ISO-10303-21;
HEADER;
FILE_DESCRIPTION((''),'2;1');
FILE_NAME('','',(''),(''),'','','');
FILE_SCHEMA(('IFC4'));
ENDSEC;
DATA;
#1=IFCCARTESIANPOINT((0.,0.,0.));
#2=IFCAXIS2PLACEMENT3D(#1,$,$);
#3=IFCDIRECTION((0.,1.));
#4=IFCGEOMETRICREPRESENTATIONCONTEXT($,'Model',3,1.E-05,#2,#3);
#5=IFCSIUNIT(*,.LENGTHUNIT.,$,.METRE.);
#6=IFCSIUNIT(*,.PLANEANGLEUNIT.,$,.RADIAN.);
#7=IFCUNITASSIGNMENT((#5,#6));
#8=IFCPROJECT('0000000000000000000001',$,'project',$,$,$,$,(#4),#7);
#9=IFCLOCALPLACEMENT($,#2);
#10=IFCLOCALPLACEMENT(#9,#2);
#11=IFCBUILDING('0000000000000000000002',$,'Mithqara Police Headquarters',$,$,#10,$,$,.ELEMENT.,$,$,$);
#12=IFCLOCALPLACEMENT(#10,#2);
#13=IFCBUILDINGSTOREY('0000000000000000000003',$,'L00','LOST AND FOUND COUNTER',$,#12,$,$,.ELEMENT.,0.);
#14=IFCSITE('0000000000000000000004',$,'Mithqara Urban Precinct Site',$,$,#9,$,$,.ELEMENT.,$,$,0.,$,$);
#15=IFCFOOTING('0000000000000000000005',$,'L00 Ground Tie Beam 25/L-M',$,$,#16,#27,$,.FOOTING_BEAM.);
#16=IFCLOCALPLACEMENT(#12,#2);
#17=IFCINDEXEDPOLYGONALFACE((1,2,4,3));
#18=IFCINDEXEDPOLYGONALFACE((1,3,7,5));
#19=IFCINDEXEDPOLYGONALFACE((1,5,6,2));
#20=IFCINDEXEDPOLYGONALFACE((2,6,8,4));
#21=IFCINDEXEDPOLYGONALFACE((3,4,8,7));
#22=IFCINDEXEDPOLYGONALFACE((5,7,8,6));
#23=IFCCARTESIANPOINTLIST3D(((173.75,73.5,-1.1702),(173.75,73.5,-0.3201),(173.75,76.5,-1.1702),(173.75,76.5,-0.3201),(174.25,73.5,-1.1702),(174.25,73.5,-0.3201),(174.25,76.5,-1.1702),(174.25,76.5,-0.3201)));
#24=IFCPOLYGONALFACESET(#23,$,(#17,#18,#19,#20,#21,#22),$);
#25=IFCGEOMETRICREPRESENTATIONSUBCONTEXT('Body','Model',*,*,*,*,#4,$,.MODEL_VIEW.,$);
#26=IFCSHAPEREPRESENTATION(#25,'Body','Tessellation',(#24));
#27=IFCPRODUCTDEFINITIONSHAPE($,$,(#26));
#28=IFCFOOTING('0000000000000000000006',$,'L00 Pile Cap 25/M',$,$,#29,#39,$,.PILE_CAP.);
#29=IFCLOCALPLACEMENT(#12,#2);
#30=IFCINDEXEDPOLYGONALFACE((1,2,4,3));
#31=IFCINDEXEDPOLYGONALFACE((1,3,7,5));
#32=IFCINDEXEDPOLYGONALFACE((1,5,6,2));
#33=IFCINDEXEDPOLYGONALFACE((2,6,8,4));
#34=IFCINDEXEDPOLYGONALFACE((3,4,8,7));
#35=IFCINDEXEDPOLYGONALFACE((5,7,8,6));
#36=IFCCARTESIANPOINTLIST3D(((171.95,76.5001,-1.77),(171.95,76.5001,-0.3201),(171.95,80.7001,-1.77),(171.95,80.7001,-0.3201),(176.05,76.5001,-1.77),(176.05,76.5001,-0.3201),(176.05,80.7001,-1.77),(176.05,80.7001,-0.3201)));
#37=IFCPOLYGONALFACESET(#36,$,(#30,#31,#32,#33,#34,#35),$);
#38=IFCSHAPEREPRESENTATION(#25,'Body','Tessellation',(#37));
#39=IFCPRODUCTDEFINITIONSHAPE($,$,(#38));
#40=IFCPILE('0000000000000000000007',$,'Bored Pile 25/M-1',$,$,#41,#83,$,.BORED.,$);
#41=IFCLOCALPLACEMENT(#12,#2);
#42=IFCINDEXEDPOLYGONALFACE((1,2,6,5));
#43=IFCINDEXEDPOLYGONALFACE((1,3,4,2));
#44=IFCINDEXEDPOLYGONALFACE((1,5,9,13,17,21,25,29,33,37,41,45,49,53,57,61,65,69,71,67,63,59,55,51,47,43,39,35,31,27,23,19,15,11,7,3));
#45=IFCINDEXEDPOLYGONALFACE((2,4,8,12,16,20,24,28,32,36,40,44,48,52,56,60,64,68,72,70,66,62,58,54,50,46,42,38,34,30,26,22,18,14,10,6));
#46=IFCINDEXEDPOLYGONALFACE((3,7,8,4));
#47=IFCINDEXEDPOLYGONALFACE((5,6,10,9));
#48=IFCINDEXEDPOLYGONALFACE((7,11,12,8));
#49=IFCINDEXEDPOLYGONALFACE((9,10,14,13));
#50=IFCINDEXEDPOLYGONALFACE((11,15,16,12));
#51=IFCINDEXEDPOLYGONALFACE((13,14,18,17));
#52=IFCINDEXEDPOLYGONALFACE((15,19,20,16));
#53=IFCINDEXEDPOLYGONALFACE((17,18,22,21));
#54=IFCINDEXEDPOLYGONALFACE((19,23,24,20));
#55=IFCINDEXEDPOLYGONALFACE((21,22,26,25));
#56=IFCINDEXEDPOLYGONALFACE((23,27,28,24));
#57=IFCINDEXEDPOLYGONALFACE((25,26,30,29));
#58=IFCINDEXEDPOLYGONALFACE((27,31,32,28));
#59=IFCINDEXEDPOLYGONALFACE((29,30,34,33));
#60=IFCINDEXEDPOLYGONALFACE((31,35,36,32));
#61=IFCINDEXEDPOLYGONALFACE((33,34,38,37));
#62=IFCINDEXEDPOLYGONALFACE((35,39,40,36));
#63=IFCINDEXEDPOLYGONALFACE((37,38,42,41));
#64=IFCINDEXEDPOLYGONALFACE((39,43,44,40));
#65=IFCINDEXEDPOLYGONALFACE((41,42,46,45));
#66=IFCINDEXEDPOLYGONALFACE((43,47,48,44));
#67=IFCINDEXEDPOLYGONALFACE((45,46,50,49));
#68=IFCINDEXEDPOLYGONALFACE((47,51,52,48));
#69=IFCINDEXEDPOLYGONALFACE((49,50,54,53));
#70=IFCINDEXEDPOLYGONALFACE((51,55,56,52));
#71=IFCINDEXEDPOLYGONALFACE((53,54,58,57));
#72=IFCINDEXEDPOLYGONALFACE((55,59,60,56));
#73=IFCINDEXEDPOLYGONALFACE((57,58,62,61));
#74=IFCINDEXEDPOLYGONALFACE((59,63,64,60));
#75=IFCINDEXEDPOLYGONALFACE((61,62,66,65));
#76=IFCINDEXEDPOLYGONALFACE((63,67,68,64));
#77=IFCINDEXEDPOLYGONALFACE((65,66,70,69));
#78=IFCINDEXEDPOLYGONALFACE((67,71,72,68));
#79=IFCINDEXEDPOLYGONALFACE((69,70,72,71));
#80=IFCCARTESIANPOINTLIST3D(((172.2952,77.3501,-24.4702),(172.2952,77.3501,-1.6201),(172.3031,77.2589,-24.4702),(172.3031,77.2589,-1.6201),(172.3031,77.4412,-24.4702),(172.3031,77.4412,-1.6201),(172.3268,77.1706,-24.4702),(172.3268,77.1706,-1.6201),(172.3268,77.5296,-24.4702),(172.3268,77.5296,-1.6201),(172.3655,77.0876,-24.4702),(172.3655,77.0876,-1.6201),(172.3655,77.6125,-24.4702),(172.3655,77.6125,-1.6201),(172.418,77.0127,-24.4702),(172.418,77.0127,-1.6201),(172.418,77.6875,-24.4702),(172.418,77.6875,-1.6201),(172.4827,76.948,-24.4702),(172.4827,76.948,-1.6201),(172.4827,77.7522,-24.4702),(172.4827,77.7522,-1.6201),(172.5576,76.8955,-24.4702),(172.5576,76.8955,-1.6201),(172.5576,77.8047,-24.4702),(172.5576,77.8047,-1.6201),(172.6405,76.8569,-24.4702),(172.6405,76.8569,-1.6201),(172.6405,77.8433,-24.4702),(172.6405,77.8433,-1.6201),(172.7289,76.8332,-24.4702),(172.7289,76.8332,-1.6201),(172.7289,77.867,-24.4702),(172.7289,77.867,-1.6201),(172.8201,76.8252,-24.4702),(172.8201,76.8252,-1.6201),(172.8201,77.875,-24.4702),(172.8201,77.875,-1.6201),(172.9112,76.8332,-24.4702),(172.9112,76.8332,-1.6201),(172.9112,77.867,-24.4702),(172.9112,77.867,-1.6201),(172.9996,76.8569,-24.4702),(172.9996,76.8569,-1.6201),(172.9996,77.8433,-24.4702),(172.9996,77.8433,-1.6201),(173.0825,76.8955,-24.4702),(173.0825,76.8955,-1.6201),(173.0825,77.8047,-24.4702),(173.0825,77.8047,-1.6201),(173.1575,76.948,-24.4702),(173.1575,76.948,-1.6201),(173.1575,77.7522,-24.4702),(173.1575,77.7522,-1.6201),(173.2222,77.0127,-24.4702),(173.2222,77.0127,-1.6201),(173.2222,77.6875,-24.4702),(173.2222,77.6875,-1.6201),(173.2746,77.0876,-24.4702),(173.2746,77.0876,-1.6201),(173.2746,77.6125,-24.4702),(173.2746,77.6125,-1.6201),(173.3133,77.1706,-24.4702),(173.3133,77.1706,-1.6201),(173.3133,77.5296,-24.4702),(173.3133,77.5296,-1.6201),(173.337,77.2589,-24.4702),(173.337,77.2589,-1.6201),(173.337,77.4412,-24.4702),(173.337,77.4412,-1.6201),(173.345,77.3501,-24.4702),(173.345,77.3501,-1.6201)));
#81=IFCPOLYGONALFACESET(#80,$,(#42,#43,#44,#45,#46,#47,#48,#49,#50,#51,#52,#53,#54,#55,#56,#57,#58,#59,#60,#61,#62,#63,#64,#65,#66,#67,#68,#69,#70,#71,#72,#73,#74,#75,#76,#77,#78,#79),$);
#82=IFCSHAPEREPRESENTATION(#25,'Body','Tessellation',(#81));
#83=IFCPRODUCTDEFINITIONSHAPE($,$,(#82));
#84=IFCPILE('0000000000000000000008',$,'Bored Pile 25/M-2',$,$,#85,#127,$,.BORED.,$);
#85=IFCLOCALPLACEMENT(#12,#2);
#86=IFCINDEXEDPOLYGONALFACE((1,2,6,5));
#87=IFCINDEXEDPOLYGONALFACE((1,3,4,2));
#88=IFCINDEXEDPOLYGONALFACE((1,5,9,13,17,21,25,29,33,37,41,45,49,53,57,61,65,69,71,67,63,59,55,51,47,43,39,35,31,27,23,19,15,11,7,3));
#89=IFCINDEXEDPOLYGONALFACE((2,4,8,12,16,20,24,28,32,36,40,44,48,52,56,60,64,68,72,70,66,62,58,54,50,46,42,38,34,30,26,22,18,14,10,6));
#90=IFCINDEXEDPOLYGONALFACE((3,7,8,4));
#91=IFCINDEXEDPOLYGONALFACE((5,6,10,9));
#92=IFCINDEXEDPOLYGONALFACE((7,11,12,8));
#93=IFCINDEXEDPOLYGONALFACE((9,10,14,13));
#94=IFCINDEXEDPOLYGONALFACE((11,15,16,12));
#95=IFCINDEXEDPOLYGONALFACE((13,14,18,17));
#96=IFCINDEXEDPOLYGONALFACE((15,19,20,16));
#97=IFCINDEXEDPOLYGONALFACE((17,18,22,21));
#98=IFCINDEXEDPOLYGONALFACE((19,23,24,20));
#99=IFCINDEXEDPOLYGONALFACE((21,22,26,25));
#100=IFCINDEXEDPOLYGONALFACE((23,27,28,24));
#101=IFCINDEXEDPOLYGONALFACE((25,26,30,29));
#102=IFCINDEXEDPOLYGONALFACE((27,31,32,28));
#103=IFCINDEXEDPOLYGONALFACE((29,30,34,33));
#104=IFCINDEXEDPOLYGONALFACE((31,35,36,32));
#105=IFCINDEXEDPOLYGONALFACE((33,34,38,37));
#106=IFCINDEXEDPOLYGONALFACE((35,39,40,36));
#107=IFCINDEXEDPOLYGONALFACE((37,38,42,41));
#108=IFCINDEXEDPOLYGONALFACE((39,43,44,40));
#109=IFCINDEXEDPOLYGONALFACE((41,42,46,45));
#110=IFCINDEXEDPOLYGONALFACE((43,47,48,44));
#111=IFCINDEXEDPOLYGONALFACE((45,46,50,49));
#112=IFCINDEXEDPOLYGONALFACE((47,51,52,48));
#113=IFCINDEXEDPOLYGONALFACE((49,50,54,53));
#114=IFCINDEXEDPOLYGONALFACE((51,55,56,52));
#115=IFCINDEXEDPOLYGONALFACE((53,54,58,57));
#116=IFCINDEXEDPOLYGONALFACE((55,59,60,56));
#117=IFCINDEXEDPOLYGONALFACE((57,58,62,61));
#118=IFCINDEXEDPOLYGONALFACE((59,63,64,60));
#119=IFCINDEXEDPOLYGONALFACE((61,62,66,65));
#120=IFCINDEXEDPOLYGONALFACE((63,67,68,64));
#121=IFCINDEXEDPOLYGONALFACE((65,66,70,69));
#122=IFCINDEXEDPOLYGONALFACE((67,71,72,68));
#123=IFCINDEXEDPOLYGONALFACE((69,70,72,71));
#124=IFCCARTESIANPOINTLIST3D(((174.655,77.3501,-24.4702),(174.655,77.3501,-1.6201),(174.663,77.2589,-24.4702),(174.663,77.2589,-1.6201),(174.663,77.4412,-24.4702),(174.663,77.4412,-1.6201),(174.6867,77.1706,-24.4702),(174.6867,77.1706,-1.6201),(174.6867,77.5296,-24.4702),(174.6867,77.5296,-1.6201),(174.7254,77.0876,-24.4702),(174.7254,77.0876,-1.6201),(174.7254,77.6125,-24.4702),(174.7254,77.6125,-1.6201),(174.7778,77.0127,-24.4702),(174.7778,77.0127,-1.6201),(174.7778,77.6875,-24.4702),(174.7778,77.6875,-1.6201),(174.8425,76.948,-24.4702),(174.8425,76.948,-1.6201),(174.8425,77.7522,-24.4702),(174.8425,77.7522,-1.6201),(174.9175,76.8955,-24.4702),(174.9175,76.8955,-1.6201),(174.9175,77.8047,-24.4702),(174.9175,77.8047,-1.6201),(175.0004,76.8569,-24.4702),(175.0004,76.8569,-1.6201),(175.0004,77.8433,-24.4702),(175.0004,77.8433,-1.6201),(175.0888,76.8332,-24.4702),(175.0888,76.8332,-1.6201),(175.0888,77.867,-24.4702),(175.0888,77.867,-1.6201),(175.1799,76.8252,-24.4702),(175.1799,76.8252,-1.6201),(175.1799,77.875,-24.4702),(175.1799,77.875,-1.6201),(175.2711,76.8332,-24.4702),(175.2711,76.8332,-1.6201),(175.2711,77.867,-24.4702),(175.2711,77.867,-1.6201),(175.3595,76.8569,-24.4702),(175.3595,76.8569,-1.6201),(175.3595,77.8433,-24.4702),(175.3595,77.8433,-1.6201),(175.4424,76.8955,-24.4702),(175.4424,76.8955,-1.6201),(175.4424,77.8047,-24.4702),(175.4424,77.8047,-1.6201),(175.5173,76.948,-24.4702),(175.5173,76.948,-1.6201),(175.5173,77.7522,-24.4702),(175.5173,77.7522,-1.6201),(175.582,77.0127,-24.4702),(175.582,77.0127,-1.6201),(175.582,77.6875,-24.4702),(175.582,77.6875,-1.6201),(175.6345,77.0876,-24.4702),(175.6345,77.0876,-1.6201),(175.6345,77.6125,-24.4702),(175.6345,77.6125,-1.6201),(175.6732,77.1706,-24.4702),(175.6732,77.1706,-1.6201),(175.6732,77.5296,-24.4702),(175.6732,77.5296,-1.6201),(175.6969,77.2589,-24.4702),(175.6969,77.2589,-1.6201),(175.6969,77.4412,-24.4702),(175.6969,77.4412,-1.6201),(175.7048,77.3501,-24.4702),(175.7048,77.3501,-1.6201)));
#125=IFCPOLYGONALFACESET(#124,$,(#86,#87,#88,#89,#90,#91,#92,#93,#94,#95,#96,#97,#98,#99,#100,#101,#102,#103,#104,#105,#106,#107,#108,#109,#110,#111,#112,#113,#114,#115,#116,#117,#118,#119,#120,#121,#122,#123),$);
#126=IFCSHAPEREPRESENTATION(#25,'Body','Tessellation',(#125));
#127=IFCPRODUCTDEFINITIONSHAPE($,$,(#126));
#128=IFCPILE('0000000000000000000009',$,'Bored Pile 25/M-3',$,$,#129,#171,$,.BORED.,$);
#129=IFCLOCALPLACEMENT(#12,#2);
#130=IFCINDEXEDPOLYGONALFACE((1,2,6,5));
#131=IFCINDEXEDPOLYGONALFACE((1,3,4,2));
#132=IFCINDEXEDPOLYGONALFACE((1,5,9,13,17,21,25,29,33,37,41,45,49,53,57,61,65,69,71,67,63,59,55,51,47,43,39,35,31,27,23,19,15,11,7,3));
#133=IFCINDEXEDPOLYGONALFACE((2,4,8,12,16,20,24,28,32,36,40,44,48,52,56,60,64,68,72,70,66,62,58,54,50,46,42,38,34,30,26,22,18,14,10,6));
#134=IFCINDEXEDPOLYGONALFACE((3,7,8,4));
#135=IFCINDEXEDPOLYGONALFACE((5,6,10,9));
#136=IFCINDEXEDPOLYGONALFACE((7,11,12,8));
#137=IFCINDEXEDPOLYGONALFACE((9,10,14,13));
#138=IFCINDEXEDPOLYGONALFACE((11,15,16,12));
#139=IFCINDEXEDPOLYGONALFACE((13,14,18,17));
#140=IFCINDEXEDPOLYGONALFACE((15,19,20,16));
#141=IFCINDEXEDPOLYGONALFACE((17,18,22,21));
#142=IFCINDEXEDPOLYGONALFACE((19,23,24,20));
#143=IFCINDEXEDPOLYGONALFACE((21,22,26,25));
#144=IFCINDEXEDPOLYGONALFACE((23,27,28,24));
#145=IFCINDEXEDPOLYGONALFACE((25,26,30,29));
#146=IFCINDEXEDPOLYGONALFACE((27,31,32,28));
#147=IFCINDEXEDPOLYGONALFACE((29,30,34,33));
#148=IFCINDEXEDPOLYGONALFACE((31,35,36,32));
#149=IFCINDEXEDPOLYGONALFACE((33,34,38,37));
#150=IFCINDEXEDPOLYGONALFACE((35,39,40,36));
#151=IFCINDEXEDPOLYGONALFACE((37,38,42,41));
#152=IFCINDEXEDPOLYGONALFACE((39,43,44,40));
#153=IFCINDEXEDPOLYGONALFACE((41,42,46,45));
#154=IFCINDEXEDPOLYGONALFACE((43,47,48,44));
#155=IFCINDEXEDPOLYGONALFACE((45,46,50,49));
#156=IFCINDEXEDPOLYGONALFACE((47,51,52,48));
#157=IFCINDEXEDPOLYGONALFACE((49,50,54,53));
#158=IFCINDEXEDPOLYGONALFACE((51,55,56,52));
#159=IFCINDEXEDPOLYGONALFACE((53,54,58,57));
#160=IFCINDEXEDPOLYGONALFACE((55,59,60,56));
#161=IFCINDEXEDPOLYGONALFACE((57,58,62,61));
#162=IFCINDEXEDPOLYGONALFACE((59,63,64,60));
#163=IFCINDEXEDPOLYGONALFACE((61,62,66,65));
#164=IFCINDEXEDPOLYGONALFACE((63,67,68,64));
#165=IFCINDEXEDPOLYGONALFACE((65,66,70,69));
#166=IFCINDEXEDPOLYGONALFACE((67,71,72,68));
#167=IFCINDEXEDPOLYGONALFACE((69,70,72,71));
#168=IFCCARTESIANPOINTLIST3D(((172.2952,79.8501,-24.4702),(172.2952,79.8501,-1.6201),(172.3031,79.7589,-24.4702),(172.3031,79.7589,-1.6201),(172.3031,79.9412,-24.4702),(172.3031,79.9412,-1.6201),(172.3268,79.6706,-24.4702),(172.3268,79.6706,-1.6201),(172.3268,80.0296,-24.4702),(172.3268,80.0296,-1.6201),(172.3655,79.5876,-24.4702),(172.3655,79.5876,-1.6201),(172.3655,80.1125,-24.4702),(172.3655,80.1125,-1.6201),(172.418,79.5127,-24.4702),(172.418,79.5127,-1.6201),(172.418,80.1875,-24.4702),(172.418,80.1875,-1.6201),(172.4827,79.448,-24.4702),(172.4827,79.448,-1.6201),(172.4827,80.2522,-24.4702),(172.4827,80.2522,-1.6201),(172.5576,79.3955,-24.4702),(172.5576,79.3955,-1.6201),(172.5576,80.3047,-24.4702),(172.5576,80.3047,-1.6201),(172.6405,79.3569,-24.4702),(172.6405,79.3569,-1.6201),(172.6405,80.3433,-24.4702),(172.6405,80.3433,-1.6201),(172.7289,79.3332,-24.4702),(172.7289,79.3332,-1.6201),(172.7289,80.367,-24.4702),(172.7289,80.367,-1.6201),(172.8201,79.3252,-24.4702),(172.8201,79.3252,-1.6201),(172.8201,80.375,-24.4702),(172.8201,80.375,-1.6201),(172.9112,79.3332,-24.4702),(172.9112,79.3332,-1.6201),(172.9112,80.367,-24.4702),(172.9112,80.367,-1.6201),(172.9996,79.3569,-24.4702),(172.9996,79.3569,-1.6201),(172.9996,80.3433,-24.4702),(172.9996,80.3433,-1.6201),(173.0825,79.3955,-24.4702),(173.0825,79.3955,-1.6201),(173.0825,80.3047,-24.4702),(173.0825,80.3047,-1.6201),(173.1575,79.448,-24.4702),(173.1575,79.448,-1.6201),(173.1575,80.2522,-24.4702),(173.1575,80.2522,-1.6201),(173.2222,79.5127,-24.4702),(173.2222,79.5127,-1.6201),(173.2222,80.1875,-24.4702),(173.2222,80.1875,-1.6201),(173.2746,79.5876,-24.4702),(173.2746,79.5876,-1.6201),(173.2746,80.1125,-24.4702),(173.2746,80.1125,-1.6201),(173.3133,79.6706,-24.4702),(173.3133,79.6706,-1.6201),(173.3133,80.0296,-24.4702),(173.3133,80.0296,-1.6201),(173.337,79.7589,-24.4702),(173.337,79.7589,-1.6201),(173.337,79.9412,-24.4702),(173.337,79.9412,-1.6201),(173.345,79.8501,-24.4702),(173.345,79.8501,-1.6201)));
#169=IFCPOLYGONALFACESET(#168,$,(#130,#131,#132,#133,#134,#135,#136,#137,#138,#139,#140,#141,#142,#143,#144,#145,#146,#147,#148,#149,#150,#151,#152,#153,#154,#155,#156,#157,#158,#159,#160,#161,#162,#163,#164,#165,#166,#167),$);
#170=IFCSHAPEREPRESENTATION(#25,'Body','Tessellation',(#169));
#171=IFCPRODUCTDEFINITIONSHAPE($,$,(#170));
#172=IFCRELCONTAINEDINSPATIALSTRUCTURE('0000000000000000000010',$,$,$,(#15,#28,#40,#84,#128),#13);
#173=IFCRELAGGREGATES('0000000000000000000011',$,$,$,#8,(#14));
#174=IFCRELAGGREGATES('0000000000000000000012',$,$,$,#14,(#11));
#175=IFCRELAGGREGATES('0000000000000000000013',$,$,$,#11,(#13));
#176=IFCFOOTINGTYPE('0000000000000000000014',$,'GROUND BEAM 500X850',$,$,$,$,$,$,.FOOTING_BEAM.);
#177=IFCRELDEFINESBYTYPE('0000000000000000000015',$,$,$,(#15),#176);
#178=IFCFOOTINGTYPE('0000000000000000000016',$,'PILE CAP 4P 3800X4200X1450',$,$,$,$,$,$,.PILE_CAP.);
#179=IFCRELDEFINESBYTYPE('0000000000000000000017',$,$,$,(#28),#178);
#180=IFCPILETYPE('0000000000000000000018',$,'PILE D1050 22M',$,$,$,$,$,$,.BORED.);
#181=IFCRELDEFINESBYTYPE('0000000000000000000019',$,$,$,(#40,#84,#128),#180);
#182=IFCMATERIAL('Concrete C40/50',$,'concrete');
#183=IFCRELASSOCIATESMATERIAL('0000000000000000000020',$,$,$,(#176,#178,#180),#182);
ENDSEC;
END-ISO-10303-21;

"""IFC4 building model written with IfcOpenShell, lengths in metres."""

from ifc_helpers import new_model, si_unit, direction, frame, origin, origin_2d, place, context, subcontext, project, spatial, rectangle, circle, extrude, material, material_profile, profile_set, type_object, element, save


model = new_model("IFC4")

# Units and contexts
model_context = context("Model", 3, precision=1e-05, world=origin(), true_north=direction((0.0, 1.0)))
body_context = subcontext(model_context, "Body", "Model", "MODEL_VIEW")
ifc_project = project(units=[si_unit("LENGTHUNIT", "METRE"), si_unit("PLANEANGLEUNIT", "RADIAN")], contexts=[model_context])

# Site, building, storey
site_placement = place(None, origin())
site = spatial("IfcSite", under=ifc_project, at=site_placement, Name="Mithqara Urban Precinct Site", CompositionType="ELEMENT", RefElevation=0.0)
building_placement = place(site_placement, origin())
building = spatial("IfcBuilding", under=site, at=building_placement, Name="Mithqara Police Headquarters", CompositionType="ELEMENT")
storey_placement = place(building_placement, origin())
storey = spatial("IfcBuildingStorey", under=building, at=storey_placement, Name="L00", Description="LOST AND FOUND COUNTER", CompositionType="ELEMENT", Elevation=0.0)

# Footings
ifc_material_1 = material(Name="Concrete C40/50", Category="concrete")
footing_type_1 = type_object("IfcFootingType", Name="GROUND BEAM 500X850", PredefinedType="FOOTING_BEAM", material=ifc_material_1)
footing_1_placement = place(storey_placement, frame((174.0, 75.0, -1.1702), z_axis=(0.0, 0.0, 1.0), x_axis=(1.0, 0.0, 0.0)))
element("IfcFooting", 1, at=footing_1_placement, inside=storey, type_object=footing_type_1, Name="L00 Ground Tie Beam 25/L-M", PredefinedType="FOOTING_BEAM", context=body_context, shape_type="SweptSolid", body=[
    extrude(rectangle(XDim=0.5, YDim=3.0, at=origin_2d()), origin(), (0.0, 0.0, 1.0), 0.8501),
])
footing_type_2 = type_object("IfcFootingType", Name="PILE CAP 4P 3800X4200X1450", PredefinedType="PILE_CAP", material=ifc_material_1)
footing_2_placement = place(storey_placement, frame((174.0, 78.6001, -1.77), z_axis=(0.0, 0.0, 1.0), x_axis=(1.0, 0.0, 0.0)))
element("IfcFooting", 2, at=footing_2_placement, inside=storey, type_object=footing_type_2, Name="L00 Pile Cap 25/M", PredefinedType="PILE_CAP", context=body_context, shape_type="SweptSolid", body=[
    extrude(rectangle(XDim=4.1001, YDim=4.2, at=origin_2d()), origin(), (0.0, 0.0, 1.0), 1.45),
])

# Piles
ifc_material_profile_1 = material_profile(ifc_material_1, circle(Radius=0.5249, at=origin_2d()), Name="PILE D1050")
ifc_profile_set_1 = profile_set([ifc_material_profile_1], Name="Concrete C40/50")
pile_type = type_object("IfcPileType", Name="PILE D1050 22M", PredefinedType="BORED", material=ifc_profile_set_1)
for number, where, z_axis, x_axis, name in (
    (3, (172.8201, 77.3501, -1.6201), (0.0, 0.0, -1.0), (1.0, 0.0, 0.0), "Bored Pile 25/M-1"),
    (4, (175.1799, 77.3501, -1.6201), (0.0, 0.0, -1.0), (1.0, 0.0, 0.0), "Bored Pile 25/M-2"),
    (5, (172.8201, 79.8501, -1.6201), (0.0, 0.0, -1.0), (1.0, 0.0, 0.0), "Bored Pile 25/M-3"),
):
    element("IfcPile", number, at=place(storey_placement, frame(where, z_axis=z_axis, x_axis=x_axis)), inside=storey, type_object=pile_type, Name=name, PredefinedType="BORED", context=body_context, shape_type="SweptSolid", body=[
        extrude(circle(Radius=0.5249, at=origin_2d()), origin(), (0.0, 0.0, 1.0), 22.8501),
    ])

save(model, "model.ifc")
